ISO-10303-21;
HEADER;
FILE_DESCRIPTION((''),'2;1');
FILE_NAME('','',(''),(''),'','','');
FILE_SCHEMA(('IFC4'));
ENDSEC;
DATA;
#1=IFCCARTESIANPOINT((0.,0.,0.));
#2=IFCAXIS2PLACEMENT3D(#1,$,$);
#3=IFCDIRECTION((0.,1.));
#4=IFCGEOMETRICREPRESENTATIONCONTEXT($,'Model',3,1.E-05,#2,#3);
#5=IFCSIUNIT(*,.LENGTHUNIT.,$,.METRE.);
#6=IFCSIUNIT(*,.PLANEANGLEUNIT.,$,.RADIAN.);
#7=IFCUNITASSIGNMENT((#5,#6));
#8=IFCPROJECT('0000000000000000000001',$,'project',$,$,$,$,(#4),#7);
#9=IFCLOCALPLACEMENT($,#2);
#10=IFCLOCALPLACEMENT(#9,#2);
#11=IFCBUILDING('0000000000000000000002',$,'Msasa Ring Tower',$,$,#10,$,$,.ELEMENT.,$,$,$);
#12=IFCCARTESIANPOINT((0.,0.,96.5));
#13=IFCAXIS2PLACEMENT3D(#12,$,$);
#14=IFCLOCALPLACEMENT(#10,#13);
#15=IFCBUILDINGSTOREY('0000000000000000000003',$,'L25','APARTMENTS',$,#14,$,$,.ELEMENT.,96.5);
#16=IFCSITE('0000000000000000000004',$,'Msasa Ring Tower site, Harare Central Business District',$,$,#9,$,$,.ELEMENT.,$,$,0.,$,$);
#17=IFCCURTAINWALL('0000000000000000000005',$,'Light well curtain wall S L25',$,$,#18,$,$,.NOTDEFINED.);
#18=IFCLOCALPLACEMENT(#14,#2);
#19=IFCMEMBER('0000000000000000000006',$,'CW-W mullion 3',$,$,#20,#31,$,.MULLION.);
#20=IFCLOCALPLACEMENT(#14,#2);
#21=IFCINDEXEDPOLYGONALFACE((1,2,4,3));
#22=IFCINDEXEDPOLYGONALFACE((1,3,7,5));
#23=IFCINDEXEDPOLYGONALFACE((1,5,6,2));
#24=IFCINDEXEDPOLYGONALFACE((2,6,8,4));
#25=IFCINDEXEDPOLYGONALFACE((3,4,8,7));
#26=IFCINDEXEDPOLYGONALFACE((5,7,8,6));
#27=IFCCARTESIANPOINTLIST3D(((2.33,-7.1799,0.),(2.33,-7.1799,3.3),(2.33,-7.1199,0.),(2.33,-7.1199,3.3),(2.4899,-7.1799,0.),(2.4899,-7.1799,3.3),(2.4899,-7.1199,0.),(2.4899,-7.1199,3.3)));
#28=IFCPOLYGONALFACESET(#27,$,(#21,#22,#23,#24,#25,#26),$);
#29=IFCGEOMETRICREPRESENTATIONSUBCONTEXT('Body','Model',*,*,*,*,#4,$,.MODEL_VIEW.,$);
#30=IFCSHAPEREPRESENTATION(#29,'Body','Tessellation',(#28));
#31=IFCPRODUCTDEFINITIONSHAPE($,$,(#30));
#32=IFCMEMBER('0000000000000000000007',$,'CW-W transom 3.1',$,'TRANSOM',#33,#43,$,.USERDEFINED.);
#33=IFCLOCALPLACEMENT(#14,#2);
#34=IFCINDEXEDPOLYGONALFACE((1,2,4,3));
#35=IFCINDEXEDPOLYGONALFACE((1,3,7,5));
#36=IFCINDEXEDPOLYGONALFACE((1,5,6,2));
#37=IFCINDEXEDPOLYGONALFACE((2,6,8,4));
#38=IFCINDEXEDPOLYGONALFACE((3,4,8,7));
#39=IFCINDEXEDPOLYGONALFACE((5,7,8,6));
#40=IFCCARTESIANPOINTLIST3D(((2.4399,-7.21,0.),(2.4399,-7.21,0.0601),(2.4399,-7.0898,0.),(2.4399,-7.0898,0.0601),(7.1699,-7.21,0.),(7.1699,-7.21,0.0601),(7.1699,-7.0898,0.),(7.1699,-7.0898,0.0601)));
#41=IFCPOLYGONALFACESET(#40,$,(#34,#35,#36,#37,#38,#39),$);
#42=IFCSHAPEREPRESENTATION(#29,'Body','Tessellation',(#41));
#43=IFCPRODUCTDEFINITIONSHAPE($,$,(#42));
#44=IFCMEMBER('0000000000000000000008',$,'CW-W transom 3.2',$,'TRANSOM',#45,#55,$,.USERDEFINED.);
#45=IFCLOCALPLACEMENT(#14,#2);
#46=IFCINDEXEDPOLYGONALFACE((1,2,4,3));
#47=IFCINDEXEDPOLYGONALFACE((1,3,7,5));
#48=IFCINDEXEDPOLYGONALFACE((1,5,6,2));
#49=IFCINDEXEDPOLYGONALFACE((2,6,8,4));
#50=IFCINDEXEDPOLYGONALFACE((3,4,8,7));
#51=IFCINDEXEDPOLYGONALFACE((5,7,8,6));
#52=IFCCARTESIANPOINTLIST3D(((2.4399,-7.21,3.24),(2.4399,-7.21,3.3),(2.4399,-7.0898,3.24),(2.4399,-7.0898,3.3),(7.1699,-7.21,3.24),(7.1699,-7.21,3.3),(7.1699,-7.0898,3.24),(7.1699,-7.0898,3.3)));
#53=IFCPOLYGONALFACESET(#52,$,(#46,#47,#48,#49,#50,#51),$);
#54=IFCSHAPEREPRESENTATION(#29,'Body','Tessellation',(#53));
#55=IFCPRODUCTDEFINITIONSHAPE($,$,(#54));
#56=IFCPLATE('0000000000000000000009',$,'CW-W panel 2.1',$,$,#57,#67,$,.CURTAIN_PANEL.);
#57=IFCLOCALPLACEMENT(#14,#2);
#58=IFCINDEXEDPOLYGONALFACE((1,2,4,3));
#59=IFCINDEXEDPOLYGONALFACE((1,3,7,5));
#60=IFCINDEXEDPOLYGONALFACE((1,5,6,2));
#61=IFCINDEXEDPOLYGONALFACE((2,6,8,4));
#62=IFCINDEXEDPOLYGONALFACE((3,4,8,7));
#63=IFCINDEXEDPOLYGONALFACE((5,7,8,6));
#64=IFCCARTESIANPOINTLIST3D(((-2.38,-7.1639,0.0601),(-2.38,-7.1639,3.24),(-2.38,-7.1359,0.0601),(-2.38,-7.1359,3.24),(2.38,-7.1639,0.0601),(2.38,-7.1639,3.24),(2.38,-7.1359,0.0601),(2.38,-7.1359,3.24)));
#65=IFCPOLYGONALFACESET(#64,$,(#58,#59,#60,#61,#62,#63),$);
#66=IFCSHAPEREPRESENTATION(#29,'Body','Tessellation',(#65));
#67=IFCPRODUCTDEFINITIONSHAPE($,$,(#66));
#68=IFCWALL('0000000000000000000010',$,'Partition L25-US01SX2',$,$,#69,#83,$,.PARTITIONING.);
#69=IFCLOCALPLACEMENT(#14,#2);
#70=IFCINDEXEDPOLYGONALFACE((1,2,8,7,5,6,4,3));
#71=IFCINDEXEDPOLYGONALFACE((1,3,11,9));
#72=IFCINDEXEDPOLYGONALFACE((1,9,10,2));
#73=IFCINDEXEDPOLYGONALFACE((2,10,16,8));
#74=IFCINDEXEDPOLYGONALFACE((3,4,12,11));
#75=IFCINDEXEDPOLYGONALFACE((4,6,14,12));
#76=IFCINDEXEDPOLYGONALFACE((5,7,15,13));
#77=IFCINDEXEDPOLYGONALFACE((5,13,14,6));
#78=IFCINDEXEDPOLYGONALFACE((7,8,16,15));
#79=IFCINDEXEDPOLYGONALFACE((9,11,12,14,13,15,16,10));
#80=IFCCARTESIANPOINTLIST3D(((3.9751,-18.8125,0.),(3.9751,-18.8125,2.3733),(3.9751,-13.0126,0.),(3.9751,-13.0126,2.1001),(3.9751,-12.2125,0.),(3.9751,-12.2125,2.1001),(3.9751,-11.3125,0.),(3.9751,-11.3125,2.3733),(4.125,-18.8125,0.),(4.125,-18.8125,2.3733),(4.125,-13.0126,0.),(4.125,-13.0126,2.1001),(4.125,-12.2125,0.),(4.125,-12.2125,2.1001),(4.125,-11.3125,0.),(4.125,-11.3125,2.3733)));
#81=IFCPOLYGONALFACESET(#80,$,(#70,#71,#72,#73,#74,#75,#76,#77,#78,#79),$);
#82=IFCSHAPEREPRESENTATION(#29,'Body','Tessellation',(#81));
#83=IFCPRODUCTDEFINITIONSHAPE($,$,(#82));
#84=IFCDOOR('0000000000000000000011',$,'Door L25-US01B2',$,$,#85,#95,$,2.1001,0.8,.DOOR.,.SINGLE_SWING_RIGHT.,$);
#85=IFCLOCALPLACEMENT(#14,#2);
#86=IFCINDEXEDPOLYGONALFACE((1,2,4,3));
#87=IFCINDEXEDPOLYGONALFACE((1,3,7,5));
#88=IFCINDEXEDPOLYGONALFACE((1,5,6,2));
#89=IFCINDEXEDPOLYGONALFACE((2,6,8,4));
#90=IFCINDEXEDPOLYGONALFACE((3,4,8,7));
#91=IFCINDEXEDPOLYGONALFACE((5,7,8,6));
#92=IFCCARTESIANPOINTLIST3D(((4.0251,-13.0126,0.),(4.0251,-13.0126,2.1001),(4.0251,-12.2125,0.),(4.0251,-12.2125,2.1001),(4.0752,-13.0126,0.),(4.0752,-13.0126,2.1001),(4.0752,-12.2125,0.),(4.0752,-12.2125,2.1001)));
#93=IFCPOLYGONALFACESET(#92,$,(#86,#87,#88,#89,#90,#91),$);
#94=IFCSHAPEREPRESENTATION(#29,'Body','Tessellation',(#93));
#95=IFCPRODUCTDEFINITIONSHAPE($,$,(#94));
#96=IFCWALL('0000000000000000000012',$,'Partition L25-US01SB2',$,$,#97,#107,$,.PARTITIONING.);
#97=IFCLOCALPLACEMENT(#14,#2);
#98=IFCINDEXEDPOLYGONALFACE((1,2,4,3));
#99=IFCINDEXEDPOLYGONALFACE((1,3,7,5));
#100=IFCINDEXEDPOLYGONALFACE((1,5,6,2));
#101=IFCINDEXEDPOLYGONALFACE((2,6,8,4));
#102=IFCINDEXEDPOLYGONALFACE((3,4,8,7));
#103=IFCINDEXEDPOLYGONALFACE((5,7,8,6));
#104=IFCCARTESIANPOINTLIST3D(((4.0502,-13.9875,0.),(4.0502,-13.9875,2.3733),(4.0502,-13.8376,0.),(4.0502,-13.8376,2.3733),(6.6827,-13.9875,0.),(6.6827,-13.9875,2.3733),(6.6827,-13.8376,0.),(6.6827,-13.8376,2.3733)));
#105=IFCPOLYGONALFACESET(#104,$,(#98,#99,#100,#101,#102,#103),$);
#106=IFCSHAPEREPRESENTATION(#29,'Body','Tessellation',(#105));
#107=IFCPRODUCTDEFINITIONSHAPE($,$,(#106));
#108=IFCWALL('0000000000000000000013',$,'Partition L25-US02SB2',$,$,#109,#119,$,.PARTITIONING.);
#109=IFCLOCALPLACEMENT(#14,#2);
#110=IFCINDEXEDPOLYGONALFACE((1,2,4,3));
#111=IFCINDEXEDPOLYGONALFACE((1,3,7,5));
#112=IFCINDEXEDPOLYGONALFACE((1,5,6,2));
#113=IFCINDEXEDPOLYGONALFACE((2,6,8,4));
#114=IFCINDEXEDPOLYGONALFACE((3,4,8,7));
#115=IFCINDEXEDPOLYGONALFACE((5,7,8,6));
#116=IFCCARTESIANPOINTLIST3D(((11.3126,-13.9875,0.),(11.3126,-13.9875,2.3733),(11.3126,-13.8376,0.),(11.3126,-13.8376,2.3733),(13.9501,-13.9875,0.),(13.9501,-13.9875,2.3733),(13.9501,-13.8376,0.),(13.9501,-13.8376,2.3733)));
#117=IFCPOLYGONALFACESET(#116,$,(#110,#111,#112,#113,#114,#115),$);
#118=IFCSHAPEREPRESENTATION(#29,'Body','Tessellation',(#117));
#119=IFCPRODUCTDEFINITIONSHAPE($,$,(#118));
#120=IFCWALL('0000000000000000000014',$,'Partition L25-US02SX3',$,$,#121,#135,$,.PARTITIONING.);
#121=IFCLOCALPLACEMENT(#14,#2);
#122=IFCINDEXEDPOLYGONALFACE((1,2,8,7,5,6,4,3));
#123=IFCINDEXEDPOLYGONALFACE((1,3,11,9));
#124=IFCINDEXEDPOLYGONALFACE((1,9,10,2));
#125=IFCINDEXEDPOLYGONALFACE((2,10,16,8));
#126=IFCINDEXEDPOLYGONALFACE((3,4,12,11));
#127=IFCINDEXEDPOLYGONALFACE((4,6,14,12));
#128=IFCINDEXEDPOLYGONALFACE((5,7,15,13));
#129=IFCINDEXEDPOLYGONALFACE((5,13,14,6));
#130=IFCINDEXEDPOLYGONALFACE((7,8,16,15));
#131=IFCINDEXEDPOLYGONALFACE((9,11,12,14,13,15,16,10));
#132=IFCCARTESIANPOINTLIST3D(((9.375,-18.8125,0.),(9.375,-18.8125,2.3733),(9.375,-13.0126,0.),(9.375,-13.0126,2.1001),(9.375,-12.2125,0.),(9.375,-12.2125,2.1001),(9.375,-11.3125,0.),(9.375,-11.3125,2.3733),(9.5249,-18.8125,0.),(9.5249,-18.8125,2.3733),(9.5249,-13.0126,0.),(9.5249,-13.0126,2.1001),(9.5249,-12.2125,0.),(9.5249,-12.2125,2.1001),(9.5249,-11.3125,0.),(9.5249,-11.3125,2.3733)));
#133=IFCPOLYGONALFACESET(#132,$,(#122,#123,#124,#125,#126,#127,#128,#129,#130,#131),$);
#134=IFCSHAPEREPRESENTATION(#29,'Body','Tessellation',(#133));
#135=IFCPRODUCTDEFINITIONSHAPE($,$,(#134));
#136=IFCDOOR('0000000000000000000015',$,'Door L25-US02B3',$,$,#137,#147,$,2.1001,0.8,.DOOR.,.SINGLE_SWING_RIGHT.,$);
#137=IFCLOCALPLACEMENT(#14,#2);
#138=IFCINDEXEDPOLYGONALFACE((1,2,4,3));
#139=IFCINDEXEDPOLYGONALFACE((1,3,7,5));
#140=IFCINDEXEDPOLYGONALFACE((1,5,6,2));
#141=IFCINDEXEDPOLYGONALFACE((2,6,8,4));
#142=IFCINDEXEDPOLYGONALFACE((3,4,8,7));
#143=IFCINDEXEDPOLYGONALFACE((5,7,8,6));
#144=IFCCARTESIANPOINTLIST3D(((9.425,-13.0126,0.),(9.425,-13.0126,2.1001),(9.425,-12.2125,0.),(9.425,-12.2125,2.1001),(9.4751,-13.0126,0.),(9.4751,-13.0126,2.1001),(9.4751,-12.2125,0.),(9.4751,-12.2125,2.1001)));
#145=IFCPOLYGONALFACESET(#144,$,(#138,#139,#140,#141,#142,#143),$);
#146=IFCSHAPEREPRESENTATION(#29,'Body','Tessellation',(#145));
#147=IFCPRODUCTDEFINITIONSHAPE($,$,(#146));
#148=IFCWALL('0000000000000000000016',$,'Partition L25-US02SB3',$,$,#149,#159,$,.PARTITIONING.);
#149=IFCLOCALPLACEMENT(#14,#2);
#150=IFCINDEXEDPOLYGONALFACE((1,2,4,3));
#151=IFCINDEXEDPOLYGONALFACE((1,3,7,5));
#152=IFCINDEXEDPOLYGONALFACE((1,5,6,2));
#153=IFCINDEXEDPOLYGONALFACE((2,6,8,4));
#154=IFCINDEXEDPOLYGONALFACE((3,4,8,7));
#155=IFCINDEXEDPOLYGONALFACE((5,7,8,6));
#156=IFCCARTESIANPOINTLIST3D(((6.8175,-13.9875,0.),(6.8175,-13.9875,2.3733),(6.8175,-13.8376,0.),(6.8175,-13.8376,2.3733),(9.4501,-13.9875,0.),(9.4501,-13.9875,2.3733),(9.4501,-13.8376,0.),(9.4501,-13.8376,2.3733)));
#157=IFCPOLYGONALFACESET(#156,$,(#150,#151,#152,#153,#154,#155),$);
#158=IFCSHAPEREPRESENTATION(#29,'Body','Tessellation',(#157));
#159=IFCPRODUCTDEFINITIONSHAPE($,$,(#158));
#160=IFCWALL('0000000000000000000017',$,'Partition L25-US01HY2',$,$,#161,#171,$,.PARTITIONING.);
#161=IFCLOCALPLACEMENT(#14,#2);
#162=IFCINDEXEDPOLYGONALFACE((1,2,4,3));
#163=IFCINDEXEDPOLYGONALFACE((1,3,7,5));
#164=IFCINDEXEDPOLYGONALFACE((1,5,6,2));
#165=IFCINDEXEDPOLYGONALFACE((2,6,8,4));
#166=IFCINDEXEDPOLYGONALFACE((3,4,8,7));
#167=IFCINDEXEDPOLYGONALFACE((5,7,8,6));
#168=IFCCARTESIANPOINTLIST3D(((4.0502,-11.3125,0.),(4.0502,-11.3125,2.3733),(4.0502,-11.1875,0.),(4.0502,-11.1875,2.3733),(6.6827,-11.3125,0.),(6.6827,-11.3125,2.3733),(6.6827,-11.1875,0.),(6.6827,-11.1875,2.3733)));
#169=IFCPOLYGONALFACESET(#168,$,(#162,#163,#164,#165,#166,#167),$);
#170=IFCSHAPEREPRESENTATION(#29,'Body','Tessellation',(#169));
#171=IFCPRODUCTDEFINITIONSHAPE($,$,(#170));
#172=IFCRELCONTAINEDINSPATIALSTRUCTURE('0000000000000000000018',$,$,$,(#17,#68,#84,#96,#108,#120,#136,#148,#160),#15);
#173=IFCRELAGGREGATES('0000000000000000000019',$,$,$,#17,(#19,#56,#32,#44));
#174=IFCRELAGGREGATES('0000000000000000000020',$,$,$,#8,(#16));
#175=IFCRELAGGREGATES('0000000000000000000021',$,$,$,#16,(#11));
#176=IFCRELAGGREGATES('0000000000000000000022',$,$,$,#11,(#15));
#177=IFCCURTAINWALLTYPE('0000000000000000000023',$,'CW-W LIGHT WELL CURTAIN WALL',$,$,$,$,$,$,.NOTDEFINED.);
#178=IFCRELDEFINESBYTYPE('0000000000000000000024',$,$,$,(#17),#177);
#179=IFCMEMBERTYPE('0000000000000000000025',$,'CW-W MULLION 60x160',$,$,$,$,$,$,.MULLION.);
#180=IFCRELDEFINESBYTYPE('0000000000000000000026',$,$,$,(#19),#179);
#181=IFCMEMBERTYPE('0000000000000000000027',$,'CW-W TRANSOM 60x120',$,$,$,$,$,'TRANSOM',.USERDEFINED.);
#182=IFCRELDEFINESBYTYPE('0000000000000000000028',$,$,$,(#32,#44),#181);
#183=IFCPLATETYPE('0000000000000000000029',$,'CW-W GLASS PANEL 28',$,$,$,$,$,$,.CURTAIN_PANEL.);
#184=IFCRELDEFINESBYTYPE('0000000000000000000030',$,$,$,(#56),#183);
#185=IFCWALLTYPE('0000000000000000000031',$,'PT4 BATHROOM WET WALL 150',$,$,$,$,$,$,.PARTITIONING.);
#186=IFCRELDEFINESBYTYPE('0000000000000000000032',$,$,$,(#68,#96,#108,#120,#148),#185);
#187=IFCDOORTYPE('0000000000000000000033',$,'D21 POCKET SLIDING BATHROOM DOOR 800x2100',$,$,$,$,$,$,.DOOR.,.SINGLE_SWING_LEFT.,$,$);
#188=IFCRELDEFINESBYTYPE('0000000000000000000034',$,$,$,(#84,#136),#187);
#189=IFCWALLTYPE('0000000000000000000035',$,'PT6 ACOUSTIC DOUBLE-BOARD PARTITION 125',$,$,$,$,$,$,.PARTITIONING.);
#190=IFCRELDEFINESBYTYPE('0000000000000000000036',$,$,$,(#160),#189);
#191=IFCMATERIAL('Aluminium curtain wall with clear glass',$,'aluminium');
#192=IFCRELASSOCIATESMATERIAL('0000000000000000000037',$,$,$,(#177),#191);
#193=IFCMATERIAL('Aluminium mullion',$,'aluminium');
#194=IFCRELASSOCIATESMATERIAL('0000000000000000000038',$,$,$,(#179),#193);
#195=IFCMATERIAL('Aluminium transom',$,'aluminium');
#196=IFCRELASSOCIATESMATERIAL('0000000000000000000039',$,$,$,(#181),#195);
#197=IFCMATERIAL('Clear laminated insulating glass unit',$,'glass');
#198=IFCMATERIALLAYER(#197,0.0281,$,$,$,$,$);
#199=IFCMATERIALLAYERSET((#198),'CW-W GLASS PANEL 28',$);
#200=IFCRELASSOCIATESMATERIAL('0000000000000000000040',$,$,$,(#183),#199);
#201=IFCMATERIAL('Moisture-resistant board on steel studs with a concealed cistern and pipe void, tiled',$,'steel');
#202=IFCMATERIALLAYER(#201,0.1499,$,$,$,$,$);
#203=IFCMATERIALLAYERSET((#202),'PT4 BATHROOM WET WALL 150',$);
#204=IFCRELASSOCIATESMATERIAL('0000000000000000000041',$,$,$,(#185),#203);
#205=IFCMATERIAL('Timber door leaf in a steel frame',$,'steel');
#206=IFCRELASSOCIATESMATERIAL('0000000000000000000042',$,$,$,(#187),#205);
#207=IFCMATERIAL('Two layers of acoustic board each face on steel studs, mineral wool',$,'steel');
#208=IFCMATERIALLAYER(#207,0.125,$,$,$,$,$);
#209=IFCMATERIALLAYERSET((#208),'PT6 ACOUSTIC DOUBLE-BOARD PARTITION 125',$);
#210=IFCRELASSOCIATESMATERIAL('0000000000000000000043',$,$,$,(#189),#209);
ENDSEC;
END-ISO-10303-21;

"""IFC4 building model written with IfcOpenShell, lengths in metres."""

from ifc_helpers import new_model, si_unit, direction, frame, frame_2d, origin, origin_2d, place, context, subcontext, project, spatial, rectangle, extrude, material, layer, layer_set, material_profile, profile_set, type_object, element, fill, aggregate, save


model = new_model("IFC4")

# Units and contexts
model_context = context("Model", 3, precision=1e-05, world=origin(), true_north=direction((0.0, 1.0)))
body_context = subcontext(model_context, "Body", "Model", "MODEL_VIEW")
ifc_project = project(units=[si_unit("LENGTHUNIT", "METRE"), si_unit("PLANEANGLEUNIT", "RADIAN")], contexts=[model_context])

# Site, building, storey
site_placement = place(None, origin())
site = spatial("IfcSite", under=ifc_project, at=site_placement, Name="Msasa Ring Tower site, Harare Central Business District", CompositionType="ELEMENT", RefElevation=0.0)
building_placement = place(site_placement, origin())
building = spatial("IfcBuilding", under=site, at=building_placement, Name="Msasa Ring Tower", CompositionType="ELEMENT")
storey_placement = place(building_placement, frame((0.0, 0.0, 96.5)))
storey = spatial("IfcBuildingStorey", under=building, at=storey_placement, Name="L25", Description="APARTMENTS", CompositionType="ELEMENT", Elevation=96.5)

# Curtain wall, members, plate
ifc_material_1 = material(Name="Aluminium curtain wall with clear glass", Category="aluminium")
curtain_wall_type = type_object("IfcCurtainWallType", Name="CW-W LIGHT WELL CURTAIN WALL", PredefinedType="NOTDEFINED", material=ifc_material_1)
curtain_wall_placement = place(storey_placement, origin())
curtain_wall = element("IfcCurtainWall", 1, at=curtain_wall_placement, inside=storey, type_object=curtain_wall_type, Name="Light well curtain wall S L25", PredefinedType="NOTDEFINED")
ifc_material_2 = material(Name="Aluminium mullion", Category="aluminium")
ifc_material_profile_1 = material_profile(ifc_material_2, rectangle(XDim=0.0601, YDim=0.1599, at=origin_2d()), Name="AL 60x160")
ifc_profile_set_1 = profile_set([ifc_material_profile_1], Name="Aluminium mullion")
member_type_1 = type_object("IfcMemberType", Name="CW-W MULLION 60x160", PredefinedType="MULLION", material=ifc_profile_set_1)
member_1_placement = place(storey_placement, frame((2.4099, -7.1499, 0.0), z_axis=(0.0, 0.0, 1.0), x_axis=(0.0, 1.0, 0.0)))
member_1 = element("IfcMember", 2, at=member_1_placement, type_object=member_type_1, Name="CW-W mullion 3", PredefinedType="MULLION", context=body_context, shape_type="SweptSolid", body=[
    extrude(rectangle(XDim=0.0601, YDim=0.1599, at=origin_2d()), origin(), (0.0, 0.0, 1.0), 3.3),
])
ifc_material_3 = material(Name="Aluminium transom", Category="aluminium")
ifc_material_profile_2 = material_profile(ifc_material_3, rectangle(XDim=0.1201, YDim=0.0601, at=origin_2d()), Name="AL 60x120")
ifc_profile_set_2 = profile_set([ifc_material_profile_2], Name="Aluminium transom")
member_type_2 = type_object("IfcMemberType", Name="CW-W TRANSOM 60x120", ElementType="TRANSOM", PredefinedType="USERDEFINED", material=ifc_profile_set_2)
member_2_placement = place(storey_placement, frame((2.4399, -7.1499, 0.03), z_axis=(1.0, 0.0, 0.0), x_axis=(0.0, 1.0, 0.0)))
member_2 = element("IfcMember", 3, at=member_2_placement, type_object=member_type_2, Name="CW-W transom 3.1", ObjectType="TRANSOM", PredefinedType="USERDEFINED", context=body_context, shape_type="SweptSolid", body=[
    extrude(rectangle(XDim=0.1201, YDim=0.0601, at=origin_2d()), origin(), (0.0, 0.0, 1.0), 4.73),
])
member_3_placement = place(storey_placement, frame((2.4399, -7.1499, 3.27), z_axis=(1.0, 0.0, 0.0), x_axis=(0.0, 1.0, 0.0)))
member_3 = element("IfcMember", 4, at=member_3_placement, type_object=member_type_2, Name="CW-W transom 3.2", ObjectType="TRANSOM", PredefinedType="USERDEFINED", context=body_context, shape_type="SweptSolid", body=[
    extrude(rectangle(XDim=0.1201, YDim=0.0601, at=origin_2d()), origin(), (0.0, 0.0, 1.0), 4.73),
])
ifc_material_4 = material(Name="Clear laminated insulating glass unit", Category="glass")
ifc_layer_1 = layer(ifc_material_4, 0.0281)
ifc_layer_set_1 = layer_set([ifc_layer_1], Name="CW-W GLASS PANEL 28")
plate_type = type_object("IfcPlateType", Name="CW-W GLASS PANEL 28", PredefinedType="CURTAIN_PANEL", material=ifc_layer_set_1)
plate_placement = place(storey_placement, frame((0.0, -7.1499, 0.0601), z_axis=(0.0, 0.0, 1.0), x_axis=(1.0, 0.0, 0.0)))
plate = element("IfcPlate", 5, at=plate_placement, type_object=plate_type, Name="CW-W panel 2.1", PredefinedType="CURTAIN_PANEL", context=body_context, shape_type="SweptSolid", body=[
    extrude(rectangle(XDim=4.76, YDim=0.0281, at=origin_2d()), origin(), (0.0, 0.0, 1.0), 3.1799),
])
aggregate(curtain_wall, [member_1, plate, member_2, member_3])

# Wall, opening, door
ifc_material_5 = material(Name="Moisture-resistant board on steel studs with a concealed cistern and pipe void, tiled", Category="steel")
ifc_layer_2 = layer(ifc_material_5, 0.1499)
ifc_layer_set_2 = layer_set([ifc_layer_2], Name="PT4 BATHROOM WET WALL 150")
wall_type_1 = type_object("IfcWallType", Name="PT4 BATHROOM WET WALL 150", PredefinedType="PARTITIONING", material=ifc_layer_set_2)
wall_1_placement = place(storey_placement, frame((4.05, -18.8125, 0.0), z_axis=(0.0, 0.0, 1.0), x_axis=(0.0, 1.0, 0.0)))
wall_1 = element("IfcWall", 6, at=wall_1_placement, inside=storey, type_object=wall_type_1, Name="Partition L25-US01SX2", PredefinedType="PARTITIONING", context=body_context, shape_type="SweptSolid", body=[
    extrude(rectangle(XDim=7.5, YDim=0.1499, at=frame_2d((3.75, 0.0))), origin(), (0.0, 0.0, 1.0), 2.3733),
])
opening_1_placement = place(wall_1_placement, frame((5.8, 0.0, 0.0)))
opening_1 = element("IfcOpeningElement", 7, at=opening_1_placement, cuts=wall_1, PredefinedType="OPENING", context=body_context, shape_type="SweptSolid", body=[
    extrude(rectangle(XDim=0.8, YDim=2.1001, at=frame_2d((0.3999, 1.05))), frame((0.0, 0.085, 0.0), z_axis=(0.0, -1.0, 0.0), x_axis=(1.0, 0.0, 0.0)), (0.0, 0.0, 1.0), 0.1699),
])
ifc_material_6 = material(Name="Timber door leaf in a steel frame", Category="steel")
door_type_1 = type_object("IfcDoorType", Name="D21 POCKET SLIDING BATHROOM DOOR 800x2100", OperationType="SINGLE_SWING_LEFT", PredefinedType="DOOR", material=ifc_material_6)
door_1_placement = place(opening_1_placement, origin())
door_1 = element("IfcDoor", 8, at=door_1_placement, inside=storey, type_object=door_type_1, Name="Door L25-US01B2", OperationType="SINGLE_SWING_RIGHT", OverallHeight=2.1001, OverallWidth=0.8, PredefinedType="DOOR", context=body_context, shape_type="SweptSolid", body=[
    extrude(rectangle(XDim=0.8, YDim=2.1001, at=frame_2d((0.3999, 1.05))), frame((0.0, 0.0249, 0.0), z_axis=(0.0, -1.0, 0.0), x_axis=(1.0, 0.0, 0.0)), (0.0, 0.0, 1.0), 0.05),
])
fill(opening_1, door_1)

# Walls
wall_2_placement = place(storey_placement, frame((4.05, -13.9126, 0.0), z_axis=(0.0, 0.0, 1.0), x_axis=(1.0, 0.0, 0.0)))
element("IfcWall", 9, at=wall_2_placement, inside=storey, type_object=wall_type_1, Name="Partition L25-US01SB2", PredefinedType="PARTITIONING", context=body_context, shape_type="SweptSolid", body=[
    extrude(rectangle(XDim=2.6326, YDim=0.1499, at=frame_2d((1.3164, 0.0))), origin(), (0.0, 0.0, 1.0), 2.3733),
])
wall_3_placement = place(storey_placement, frame((11.3125, -13.9126, 0.0), z_axis=(0.0, 0.0, 1.0), x_axis=(1.0, 0.0, 0.0)))
element("IfcWall", 10, at=wall_3_placement, inside=storey, type_object=wall_type_1, Name="Partition L25-US02SB2", PredefinedType="PARTITIONING", context=body_context, shape_type="SweptSolid", body=[
    extrude(rectangle(XDim=2.6375, YDim=0.1499, at=frame_2d((1.3188, 0.0))), origin(), (0.0, 0.0, 1.0), 2.3733),
])

# Wall, opening, door
wall_4_placement = place(storey_placement, frame((9.45, -18.8125, 0.0), z_axis=(0.0, 0.0, 1.0), x_axis=(0.0, 1.0, 0.0)))
wall_4 = element("IfcWall", 11, at=wall_4_placement, inside=storey, type_object=wall_type_1, Name="Partition L25-US02SX3", PredefinedType="PARTITIONING", context=body_context, shape_type="SweptSolid", body=[
    extrude(rectangle(XDim=7.5, YDim=0.1499, at=frame_2d((3.75, 0.0))), origin(), (0.0, 0.0, 1.0), 2.3733),
])
opening_2_placement = place(wall_4_placement, frame((5.8, 0.0, 0.0)))
opening_2 = element("IfcOpeningElement", 12, at=opening_2_placement, cuts=wall_4, PredefinedType="OPENING", context=body_context, shape_type="SweptSolid", body=[
    extrude(rectangle(XDim=0.8, YDim=2.1001, at=frame_2d((0.3999, 1.05))), frame((0.0, 0.085, 0.0), z_axis=(0.0, -1.0, 0.0), x_axis=(1.0, 0.0, 0.0)), (0.0, 0.0, 1.0), 0.1699),
])
door_2_placement = place(opening_2_placement, origin())
door_2 = element("IfcDoor", 13, at=door_2_placement, inside=storey, type_object=door_type_1, Name="Door L25-US02B3", OperationType="SINGLE_SWING_RIGHT", OverallHeight=2.1001, OverallWidth=0.8, PredefinedType="DOOR", context=body_context, shape_type="SweptSolid", body=[
    extrude(rectangle(XDim=0.8, YDim=2.1001, at=frame_2d((0.3999, 1.05))), frame((0.0, 0.0249, 0.0), z_axis=(0.0, -1.0, 0.0), x_axis=(1.0, 0.0, 0.0)), (0.0, 0.0, 1.0), 0.05),
])
fill(opening_2, door_2)

# Walls
wall_5_placement = place(storey_placement, frame((6.8174, -13.9126, 0.0), z_axis=(0.0, 0.0, 1.0), x_axis=(1.0, 0.0, 0.0)))
element("IfcWall", 14, at=wall_5_placement, inside=storey, type_object=wall_type_1, Name="Partition L25-US02SB3", PredefinedType="PARTITIONING", context=body_context, shape_type="SweptSolid", body=[
    extrude(rectangle(XDim=2.6326, YDim=0.1499, at=frame_2d((1.3164, 0.0))), origin(), (0.0, 0.0, 1.0), 2.3733),
])
ifc_material_7 = material(Name="Two layers of acoustic board each face on steel studs, mineral wool", Category="steel")
ifc_layer_3 = layer(ifc_material_7, 0.125)
ifc_layer_set_3 = layer_set([ifc_layer_3], Name="PT6 ACOUSTIC DOUBLE-BOARD PARTITION 125")
wall_type_2 = type_object("IfcWallType", Name="PT6 ACOUSTIC DOUBLE-BOARD PARTITION 125", PredefinedType="PARTITIONING", material=ifc_layer_set_3)
wall_6_placement = place(storey_placement, frame((4.05, -11.25, 0.0), z_axis=(0.0, 0.0, 1.0), x_axis=(1.0, 0.0, 0.0)))
element("IfcWall", 15, at=wall_6_placement, inside=storey, type_object=wall_type_2, Name="Partition L25-US01HY2", PredefinedType="PARTITIONING", context=body_context, shape_type="SweptSolid", body=[
    extrude(rectangle(XDim=2.6326, YDim=0.125, at=frame_2d((1.3164, 0.0))), origin(), (0.0, 0.0, 1.0), 2.3733),
])

save(model, "model.ifc")
